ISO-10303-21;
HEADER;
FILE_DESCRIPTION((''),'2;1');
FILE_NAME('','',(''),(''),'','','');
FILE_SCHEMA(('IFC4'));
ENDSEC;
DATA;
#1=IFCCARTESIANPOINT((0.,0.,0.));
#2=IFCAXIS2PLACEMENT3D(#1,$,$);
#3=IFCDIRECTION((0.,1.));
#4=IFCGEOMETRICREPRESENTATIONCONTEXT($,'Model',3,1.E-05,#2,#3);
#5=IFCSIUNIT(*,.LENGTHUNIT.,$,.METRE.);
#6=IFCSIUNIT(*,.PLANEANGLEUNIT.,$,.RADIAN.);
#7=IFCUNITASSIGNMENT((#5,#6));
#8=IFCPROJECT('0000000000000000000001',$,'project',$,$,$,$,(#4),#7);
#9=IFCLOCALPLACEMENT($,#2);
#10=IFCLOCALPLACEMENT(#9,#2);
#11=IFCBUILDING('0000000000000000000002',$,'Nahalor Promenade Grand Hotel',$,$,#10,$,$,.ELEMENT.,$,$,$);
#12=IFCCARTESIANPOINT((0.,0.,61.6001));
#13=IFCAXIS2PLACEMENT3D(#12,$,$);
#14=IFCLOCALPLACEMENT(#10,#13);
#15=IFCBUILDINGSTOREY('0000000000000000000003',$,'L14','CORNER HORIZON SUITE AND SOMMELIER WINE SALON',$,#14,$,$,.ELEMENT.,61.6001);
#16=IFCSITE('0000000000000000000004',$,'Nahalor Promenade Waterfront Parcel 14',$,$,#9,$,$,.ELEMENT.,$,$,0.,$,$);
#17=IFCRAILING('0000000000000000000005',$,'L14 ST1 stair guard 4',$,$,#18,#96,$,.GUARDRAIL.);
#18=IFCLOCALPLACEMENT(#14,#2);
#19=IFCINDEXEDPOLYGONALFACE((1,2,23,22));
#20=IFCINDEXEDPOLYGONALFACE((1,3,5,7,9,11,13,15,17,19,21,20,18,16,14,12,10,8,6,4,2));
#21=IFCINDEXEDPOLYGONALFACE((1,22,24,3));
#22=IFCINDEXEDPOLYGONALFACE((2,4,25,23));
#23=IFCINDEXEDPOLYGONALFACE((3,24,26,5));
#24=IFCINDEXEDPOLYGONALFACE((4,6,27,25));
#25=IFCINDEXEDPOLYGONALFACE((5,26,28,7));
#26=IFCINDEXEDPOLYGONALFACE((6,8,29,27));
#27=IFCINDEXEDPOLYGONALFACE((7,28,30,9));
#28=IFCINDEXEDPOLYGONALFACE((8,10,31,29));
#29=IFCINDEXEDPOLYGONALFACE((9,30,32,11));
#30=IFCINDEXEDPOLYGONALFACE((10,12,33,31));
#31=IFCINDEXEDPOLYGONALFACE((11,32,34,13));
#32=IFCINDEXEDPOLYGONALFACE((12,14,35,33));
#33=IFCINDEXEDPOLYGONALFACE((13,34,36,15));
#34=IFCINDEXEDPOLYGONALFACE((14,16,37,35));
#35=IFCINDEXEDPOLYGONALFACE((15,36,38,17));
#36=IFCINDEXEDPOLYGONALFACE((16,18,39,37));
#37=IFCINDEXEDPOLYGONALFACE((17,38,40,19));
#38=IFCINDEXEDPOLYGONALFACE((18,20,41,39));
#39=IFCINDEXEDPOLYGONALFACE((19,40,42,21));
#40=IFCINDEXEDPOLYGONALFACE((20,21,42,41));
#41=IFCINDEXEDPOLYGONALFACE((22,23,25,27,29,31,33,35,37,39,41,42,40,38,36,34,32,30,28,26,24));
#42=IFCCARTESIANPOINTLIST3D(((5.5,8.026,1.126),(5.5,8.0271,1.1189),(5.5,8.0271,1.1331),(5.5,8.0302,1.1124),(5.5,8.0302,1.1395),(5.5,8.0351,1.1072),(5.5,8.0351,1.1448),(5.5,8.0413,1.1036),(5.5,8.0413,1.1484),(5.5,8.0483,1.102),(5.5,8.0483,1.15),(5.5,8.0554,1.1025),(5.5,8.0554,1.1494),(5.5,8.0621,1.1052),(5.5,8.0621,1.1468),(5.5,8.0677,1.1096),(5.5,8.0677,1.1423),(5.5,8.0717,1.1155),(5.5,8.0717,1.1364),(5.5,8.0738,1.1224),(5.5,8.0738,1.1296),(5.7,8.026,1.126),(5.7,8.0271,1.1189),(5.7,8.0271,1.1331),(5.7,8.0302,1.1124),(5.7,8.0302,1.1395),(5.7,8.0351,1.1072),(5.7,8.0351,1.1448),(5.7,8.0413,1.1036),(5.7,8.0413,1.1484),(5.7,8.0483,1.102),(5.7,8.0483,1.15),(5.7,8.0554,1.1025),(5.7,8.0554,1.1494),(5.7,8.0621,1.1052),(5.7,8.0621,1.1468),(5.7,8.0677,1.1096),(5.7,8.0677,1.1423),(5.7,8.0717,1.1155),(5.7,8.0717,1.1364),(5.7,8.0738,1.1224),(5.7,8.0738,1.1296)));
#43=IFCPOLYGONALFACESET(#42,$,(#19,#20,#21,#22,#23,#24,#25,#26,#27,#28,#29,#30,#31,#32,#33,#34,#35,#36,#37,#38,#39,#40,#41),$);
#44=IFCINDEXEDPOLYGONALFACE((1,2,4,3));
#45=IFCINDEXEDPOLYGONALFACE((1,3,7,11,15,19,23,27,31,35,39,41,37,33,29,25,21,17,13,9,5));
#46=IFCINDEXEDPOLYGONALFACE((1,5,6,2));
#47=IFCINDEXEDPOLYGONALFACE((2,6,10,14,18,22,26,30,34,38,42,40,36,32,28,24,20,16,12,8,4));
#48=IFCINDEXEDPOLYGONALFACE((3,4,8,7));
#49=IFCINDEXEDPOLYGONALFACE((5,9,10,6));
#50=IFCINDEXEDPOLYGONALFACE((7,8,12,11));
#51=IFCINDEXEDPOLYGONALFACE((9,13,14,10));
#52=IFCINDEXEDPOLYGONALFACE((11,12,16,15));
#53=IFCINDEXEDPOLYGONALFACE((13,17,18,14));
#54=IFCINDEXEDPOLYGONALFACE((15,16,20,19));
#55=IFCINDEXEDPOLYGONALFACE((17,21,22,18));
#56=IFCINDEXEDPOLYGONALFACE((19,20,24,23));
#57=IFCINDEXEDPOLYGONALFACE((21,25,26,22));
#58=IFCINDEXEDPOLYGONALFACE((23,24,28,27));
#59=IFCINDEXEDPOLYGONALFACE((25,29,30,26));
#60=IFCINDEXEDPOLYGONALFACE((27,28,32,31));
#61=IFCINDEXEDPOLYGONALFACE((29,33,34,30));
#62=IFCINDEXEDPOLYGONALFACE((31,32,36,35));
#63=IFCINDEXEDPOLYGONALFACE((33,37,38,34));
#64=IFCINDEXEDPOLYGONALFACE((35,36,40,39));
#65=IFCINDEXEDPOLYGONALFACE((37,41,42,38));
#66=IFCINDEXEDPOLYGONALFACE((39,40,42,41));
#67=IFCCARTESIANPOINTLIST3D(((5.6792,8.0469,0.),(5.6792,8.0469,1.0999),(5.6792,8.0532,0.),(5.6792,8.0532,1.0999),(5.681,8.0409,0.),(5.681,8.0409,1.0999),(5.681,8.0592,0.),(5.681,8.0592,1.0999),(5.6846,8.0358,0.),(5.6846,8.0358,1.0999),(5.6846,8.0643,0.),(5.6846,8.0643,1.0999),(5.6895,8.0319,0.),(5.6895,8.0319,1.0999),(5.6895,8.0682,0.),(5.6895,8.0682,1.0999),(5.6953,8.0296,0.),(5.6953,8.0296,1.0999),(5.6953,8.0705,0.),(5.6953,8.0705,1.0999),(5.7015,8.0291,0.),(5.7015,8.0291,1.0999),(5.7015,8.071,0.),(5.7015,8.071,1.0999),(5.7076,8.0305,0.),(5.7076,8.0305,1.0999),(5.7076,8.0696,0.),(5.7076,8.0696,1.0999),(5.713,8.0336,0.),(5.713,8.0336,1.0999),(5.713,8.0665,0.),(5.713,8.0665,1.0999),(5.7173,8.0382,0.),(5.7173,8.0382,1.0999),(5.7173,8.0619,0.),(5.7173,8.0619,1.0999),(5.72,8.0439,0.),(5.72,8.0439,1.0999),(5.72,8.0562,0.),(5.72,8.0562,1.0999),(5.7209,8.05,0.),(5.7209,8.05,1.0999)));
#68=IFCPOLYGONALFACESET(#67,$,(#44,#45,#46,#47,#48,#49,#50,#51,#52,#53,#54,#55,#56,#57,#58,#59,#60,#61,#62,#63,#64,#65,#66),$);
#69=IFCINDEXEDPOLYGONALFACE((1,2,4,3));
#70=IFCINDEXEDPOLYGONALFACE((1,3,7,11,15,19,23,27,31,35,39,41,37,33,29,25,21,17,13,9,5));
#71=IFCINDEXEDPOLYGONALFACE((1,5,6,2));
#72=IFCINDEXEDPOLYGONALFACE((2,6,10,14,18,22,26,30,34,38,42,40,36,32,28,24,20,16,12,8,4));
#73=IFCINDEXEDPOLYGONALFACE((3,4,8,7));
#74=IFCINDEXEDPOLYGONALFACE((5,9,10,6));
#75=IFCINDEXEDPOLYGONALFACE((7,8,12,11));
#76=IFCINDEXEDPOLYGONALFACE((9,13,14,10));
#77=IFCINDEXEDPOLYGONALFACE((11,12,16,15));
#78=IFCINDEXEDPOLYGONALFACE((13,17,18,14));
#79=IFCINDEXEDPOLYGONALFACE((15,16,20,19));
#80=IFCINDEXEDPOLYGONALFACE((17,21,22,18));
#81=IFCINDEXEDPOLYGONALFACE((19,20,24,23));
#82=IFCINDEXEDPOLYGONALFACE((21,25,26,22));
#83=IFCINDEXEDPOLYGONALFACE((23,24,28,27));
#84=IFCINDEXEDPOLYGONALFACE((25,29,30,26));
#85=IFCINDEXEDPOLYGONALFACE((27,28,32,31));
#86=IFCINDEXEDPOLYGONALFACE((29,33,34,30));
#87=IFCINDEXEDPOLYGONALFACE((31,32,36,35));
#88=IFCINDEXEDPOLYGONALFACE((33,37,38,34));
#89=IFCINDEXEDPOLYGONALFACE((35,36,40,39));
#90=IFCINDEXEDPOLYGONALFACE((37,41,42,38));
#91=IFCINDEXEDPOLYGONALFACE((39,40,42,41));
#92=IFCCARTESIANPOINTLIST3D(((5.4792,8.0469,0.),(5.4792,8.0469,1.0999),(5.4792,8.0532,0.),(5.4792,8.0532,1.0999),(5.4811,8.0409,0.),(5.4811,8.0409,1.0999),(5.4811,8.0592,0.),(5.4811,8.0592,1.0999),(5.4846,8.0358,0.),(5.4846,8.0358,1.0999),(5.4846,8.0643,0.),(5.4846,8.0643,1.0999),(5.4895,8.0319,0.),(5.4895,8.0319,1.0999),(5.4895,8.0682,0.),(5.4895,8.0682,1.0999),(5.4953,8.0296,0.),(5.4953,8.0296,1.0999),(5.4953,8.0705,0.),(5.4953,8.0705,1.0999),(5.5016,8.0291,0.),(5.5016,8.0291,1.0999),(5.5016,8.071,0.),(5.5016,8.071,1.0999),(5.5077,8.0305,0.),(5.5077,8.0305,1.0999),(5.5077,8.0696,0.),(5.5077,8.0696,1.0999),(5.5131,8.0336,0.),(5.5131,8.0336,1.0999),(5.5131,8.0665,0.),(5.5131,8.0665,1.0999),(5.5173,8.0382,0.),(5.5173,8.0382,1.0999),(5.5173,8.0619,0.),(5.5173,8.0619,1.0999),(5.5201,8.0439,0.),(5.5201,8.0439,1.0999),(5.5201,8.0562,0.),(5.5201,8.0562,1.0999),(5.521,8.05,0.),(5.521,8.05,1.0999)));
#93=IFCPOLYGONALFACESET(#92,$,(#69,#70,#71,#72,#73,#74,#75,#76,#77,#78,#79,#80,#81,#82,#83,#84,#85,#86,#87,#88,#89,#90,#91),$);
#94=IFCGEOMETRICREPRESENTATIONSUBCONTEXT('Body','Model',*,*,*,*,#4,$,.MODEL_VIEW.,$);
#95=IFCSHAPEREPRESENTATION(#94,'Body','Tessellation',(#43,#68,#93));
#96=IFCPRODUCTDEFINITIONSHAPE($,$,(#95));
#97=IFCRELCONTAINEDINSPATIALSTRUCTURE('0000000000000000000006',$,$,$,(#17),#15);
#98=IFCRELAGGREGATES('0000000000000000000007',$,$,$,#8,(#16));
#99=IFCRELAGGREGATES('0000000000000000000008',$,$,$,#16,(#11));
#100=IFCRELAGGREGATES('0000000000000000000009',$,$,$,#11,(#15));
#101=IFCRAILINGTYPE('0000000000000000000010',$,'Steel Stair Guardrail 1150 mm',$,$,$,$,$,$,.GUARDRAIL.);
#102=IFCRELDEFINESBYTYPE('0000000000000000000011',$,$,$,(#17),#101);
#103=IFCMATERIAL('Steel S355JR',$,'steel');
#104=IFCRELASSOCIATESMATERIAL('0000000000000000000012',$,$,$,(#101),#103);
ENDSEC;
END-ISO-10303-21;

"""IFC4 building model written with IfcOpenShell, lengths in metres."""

from ifc_helpers import new_model, si_unit, direction, frame, origin, origin_2d, place, context, subcontext, project, spatial, circle, extrude, material, type_object, element, save


model = new_model("IFC4")

# Units and contexts
model_context = context("Model", 3, precision=1e-05, world=origin(), true_north=direction((0.0, 1.0)))
body_context = subcontext(model_context, "Body", "Model", "MODEL_VIEW")
ifc_project = project(units=[si_unit("LENGTHUNIT", "METRE"), si_unit("PLANEANGLEUNIT", "RADIAN")], contexts=[model_context])

# Site, building, storey
site_placement = place(None, origin())
site = spatial("IfcSite", under=ifc_project, at=site_placement, Name="Nahalor Promenade Waterfront Parcel 14", CompositionType="ELEMENT", RefElevation=0.0)
building_placement = place(site_placement, origin())
building = spatial("IfcBuilding", under=site, at=building_placement, Name="Nahalor Promenade Grand Hotel", CompositionType="ELEMENT")
storey_placement = place(building_placement, frame((0.0, 0.0, 61.6001)))
storey = spatial("IfcBuildingStorey", under=building, at=storey_placement, Name="L14", Description="CORNER HORIZON SUITE AND SOMMELIER WINE SALON", CompositionType="ELEMENT", Elevation=61.6001)

# Shared definitions
ifc_material_1 = material(Name="Steel S355JR", Category="steel")

# Railing
railing_type_1 = type_object("IfcRailingType", Name="Steel Stair Guardrail 1150 mm", PredefinedType="GUARDRAIL", material=ifc_material_1)
railing_1_placement = place(storey_placement, frame((5.7, 8.05, 0.0)))
element("IfcRailing", 1, at=railing_1_placement, inside=storey, type_object=railing_type_1, Name="L14 ST1 stair guard 4", PredefinedType="GUARDRAIL", context=body_context, shape_type="SweptSolid", body=[
    extrude(circle(Radius=0.024, at=origin_2d()), frame((0.0, 0.0, 1.126), z_axis=(-1.0, 0.0, 0.0), x_axis=(0.0, -1.0, 0.0)), (0.0, 0.0, 1.0), 0.2),
    extrude(circle(Radius=0.021, at=origin_2d()), origin(), (0.0, 0.0, 1.0), 1.0999),
    extrude(circle(Radius=0.021, at=origin_2d()), frame((-0.2, 0.0, 0.0)), (0.0, 0.0, 1.0), 1.0999),
])

save(model, "model.ifc")
